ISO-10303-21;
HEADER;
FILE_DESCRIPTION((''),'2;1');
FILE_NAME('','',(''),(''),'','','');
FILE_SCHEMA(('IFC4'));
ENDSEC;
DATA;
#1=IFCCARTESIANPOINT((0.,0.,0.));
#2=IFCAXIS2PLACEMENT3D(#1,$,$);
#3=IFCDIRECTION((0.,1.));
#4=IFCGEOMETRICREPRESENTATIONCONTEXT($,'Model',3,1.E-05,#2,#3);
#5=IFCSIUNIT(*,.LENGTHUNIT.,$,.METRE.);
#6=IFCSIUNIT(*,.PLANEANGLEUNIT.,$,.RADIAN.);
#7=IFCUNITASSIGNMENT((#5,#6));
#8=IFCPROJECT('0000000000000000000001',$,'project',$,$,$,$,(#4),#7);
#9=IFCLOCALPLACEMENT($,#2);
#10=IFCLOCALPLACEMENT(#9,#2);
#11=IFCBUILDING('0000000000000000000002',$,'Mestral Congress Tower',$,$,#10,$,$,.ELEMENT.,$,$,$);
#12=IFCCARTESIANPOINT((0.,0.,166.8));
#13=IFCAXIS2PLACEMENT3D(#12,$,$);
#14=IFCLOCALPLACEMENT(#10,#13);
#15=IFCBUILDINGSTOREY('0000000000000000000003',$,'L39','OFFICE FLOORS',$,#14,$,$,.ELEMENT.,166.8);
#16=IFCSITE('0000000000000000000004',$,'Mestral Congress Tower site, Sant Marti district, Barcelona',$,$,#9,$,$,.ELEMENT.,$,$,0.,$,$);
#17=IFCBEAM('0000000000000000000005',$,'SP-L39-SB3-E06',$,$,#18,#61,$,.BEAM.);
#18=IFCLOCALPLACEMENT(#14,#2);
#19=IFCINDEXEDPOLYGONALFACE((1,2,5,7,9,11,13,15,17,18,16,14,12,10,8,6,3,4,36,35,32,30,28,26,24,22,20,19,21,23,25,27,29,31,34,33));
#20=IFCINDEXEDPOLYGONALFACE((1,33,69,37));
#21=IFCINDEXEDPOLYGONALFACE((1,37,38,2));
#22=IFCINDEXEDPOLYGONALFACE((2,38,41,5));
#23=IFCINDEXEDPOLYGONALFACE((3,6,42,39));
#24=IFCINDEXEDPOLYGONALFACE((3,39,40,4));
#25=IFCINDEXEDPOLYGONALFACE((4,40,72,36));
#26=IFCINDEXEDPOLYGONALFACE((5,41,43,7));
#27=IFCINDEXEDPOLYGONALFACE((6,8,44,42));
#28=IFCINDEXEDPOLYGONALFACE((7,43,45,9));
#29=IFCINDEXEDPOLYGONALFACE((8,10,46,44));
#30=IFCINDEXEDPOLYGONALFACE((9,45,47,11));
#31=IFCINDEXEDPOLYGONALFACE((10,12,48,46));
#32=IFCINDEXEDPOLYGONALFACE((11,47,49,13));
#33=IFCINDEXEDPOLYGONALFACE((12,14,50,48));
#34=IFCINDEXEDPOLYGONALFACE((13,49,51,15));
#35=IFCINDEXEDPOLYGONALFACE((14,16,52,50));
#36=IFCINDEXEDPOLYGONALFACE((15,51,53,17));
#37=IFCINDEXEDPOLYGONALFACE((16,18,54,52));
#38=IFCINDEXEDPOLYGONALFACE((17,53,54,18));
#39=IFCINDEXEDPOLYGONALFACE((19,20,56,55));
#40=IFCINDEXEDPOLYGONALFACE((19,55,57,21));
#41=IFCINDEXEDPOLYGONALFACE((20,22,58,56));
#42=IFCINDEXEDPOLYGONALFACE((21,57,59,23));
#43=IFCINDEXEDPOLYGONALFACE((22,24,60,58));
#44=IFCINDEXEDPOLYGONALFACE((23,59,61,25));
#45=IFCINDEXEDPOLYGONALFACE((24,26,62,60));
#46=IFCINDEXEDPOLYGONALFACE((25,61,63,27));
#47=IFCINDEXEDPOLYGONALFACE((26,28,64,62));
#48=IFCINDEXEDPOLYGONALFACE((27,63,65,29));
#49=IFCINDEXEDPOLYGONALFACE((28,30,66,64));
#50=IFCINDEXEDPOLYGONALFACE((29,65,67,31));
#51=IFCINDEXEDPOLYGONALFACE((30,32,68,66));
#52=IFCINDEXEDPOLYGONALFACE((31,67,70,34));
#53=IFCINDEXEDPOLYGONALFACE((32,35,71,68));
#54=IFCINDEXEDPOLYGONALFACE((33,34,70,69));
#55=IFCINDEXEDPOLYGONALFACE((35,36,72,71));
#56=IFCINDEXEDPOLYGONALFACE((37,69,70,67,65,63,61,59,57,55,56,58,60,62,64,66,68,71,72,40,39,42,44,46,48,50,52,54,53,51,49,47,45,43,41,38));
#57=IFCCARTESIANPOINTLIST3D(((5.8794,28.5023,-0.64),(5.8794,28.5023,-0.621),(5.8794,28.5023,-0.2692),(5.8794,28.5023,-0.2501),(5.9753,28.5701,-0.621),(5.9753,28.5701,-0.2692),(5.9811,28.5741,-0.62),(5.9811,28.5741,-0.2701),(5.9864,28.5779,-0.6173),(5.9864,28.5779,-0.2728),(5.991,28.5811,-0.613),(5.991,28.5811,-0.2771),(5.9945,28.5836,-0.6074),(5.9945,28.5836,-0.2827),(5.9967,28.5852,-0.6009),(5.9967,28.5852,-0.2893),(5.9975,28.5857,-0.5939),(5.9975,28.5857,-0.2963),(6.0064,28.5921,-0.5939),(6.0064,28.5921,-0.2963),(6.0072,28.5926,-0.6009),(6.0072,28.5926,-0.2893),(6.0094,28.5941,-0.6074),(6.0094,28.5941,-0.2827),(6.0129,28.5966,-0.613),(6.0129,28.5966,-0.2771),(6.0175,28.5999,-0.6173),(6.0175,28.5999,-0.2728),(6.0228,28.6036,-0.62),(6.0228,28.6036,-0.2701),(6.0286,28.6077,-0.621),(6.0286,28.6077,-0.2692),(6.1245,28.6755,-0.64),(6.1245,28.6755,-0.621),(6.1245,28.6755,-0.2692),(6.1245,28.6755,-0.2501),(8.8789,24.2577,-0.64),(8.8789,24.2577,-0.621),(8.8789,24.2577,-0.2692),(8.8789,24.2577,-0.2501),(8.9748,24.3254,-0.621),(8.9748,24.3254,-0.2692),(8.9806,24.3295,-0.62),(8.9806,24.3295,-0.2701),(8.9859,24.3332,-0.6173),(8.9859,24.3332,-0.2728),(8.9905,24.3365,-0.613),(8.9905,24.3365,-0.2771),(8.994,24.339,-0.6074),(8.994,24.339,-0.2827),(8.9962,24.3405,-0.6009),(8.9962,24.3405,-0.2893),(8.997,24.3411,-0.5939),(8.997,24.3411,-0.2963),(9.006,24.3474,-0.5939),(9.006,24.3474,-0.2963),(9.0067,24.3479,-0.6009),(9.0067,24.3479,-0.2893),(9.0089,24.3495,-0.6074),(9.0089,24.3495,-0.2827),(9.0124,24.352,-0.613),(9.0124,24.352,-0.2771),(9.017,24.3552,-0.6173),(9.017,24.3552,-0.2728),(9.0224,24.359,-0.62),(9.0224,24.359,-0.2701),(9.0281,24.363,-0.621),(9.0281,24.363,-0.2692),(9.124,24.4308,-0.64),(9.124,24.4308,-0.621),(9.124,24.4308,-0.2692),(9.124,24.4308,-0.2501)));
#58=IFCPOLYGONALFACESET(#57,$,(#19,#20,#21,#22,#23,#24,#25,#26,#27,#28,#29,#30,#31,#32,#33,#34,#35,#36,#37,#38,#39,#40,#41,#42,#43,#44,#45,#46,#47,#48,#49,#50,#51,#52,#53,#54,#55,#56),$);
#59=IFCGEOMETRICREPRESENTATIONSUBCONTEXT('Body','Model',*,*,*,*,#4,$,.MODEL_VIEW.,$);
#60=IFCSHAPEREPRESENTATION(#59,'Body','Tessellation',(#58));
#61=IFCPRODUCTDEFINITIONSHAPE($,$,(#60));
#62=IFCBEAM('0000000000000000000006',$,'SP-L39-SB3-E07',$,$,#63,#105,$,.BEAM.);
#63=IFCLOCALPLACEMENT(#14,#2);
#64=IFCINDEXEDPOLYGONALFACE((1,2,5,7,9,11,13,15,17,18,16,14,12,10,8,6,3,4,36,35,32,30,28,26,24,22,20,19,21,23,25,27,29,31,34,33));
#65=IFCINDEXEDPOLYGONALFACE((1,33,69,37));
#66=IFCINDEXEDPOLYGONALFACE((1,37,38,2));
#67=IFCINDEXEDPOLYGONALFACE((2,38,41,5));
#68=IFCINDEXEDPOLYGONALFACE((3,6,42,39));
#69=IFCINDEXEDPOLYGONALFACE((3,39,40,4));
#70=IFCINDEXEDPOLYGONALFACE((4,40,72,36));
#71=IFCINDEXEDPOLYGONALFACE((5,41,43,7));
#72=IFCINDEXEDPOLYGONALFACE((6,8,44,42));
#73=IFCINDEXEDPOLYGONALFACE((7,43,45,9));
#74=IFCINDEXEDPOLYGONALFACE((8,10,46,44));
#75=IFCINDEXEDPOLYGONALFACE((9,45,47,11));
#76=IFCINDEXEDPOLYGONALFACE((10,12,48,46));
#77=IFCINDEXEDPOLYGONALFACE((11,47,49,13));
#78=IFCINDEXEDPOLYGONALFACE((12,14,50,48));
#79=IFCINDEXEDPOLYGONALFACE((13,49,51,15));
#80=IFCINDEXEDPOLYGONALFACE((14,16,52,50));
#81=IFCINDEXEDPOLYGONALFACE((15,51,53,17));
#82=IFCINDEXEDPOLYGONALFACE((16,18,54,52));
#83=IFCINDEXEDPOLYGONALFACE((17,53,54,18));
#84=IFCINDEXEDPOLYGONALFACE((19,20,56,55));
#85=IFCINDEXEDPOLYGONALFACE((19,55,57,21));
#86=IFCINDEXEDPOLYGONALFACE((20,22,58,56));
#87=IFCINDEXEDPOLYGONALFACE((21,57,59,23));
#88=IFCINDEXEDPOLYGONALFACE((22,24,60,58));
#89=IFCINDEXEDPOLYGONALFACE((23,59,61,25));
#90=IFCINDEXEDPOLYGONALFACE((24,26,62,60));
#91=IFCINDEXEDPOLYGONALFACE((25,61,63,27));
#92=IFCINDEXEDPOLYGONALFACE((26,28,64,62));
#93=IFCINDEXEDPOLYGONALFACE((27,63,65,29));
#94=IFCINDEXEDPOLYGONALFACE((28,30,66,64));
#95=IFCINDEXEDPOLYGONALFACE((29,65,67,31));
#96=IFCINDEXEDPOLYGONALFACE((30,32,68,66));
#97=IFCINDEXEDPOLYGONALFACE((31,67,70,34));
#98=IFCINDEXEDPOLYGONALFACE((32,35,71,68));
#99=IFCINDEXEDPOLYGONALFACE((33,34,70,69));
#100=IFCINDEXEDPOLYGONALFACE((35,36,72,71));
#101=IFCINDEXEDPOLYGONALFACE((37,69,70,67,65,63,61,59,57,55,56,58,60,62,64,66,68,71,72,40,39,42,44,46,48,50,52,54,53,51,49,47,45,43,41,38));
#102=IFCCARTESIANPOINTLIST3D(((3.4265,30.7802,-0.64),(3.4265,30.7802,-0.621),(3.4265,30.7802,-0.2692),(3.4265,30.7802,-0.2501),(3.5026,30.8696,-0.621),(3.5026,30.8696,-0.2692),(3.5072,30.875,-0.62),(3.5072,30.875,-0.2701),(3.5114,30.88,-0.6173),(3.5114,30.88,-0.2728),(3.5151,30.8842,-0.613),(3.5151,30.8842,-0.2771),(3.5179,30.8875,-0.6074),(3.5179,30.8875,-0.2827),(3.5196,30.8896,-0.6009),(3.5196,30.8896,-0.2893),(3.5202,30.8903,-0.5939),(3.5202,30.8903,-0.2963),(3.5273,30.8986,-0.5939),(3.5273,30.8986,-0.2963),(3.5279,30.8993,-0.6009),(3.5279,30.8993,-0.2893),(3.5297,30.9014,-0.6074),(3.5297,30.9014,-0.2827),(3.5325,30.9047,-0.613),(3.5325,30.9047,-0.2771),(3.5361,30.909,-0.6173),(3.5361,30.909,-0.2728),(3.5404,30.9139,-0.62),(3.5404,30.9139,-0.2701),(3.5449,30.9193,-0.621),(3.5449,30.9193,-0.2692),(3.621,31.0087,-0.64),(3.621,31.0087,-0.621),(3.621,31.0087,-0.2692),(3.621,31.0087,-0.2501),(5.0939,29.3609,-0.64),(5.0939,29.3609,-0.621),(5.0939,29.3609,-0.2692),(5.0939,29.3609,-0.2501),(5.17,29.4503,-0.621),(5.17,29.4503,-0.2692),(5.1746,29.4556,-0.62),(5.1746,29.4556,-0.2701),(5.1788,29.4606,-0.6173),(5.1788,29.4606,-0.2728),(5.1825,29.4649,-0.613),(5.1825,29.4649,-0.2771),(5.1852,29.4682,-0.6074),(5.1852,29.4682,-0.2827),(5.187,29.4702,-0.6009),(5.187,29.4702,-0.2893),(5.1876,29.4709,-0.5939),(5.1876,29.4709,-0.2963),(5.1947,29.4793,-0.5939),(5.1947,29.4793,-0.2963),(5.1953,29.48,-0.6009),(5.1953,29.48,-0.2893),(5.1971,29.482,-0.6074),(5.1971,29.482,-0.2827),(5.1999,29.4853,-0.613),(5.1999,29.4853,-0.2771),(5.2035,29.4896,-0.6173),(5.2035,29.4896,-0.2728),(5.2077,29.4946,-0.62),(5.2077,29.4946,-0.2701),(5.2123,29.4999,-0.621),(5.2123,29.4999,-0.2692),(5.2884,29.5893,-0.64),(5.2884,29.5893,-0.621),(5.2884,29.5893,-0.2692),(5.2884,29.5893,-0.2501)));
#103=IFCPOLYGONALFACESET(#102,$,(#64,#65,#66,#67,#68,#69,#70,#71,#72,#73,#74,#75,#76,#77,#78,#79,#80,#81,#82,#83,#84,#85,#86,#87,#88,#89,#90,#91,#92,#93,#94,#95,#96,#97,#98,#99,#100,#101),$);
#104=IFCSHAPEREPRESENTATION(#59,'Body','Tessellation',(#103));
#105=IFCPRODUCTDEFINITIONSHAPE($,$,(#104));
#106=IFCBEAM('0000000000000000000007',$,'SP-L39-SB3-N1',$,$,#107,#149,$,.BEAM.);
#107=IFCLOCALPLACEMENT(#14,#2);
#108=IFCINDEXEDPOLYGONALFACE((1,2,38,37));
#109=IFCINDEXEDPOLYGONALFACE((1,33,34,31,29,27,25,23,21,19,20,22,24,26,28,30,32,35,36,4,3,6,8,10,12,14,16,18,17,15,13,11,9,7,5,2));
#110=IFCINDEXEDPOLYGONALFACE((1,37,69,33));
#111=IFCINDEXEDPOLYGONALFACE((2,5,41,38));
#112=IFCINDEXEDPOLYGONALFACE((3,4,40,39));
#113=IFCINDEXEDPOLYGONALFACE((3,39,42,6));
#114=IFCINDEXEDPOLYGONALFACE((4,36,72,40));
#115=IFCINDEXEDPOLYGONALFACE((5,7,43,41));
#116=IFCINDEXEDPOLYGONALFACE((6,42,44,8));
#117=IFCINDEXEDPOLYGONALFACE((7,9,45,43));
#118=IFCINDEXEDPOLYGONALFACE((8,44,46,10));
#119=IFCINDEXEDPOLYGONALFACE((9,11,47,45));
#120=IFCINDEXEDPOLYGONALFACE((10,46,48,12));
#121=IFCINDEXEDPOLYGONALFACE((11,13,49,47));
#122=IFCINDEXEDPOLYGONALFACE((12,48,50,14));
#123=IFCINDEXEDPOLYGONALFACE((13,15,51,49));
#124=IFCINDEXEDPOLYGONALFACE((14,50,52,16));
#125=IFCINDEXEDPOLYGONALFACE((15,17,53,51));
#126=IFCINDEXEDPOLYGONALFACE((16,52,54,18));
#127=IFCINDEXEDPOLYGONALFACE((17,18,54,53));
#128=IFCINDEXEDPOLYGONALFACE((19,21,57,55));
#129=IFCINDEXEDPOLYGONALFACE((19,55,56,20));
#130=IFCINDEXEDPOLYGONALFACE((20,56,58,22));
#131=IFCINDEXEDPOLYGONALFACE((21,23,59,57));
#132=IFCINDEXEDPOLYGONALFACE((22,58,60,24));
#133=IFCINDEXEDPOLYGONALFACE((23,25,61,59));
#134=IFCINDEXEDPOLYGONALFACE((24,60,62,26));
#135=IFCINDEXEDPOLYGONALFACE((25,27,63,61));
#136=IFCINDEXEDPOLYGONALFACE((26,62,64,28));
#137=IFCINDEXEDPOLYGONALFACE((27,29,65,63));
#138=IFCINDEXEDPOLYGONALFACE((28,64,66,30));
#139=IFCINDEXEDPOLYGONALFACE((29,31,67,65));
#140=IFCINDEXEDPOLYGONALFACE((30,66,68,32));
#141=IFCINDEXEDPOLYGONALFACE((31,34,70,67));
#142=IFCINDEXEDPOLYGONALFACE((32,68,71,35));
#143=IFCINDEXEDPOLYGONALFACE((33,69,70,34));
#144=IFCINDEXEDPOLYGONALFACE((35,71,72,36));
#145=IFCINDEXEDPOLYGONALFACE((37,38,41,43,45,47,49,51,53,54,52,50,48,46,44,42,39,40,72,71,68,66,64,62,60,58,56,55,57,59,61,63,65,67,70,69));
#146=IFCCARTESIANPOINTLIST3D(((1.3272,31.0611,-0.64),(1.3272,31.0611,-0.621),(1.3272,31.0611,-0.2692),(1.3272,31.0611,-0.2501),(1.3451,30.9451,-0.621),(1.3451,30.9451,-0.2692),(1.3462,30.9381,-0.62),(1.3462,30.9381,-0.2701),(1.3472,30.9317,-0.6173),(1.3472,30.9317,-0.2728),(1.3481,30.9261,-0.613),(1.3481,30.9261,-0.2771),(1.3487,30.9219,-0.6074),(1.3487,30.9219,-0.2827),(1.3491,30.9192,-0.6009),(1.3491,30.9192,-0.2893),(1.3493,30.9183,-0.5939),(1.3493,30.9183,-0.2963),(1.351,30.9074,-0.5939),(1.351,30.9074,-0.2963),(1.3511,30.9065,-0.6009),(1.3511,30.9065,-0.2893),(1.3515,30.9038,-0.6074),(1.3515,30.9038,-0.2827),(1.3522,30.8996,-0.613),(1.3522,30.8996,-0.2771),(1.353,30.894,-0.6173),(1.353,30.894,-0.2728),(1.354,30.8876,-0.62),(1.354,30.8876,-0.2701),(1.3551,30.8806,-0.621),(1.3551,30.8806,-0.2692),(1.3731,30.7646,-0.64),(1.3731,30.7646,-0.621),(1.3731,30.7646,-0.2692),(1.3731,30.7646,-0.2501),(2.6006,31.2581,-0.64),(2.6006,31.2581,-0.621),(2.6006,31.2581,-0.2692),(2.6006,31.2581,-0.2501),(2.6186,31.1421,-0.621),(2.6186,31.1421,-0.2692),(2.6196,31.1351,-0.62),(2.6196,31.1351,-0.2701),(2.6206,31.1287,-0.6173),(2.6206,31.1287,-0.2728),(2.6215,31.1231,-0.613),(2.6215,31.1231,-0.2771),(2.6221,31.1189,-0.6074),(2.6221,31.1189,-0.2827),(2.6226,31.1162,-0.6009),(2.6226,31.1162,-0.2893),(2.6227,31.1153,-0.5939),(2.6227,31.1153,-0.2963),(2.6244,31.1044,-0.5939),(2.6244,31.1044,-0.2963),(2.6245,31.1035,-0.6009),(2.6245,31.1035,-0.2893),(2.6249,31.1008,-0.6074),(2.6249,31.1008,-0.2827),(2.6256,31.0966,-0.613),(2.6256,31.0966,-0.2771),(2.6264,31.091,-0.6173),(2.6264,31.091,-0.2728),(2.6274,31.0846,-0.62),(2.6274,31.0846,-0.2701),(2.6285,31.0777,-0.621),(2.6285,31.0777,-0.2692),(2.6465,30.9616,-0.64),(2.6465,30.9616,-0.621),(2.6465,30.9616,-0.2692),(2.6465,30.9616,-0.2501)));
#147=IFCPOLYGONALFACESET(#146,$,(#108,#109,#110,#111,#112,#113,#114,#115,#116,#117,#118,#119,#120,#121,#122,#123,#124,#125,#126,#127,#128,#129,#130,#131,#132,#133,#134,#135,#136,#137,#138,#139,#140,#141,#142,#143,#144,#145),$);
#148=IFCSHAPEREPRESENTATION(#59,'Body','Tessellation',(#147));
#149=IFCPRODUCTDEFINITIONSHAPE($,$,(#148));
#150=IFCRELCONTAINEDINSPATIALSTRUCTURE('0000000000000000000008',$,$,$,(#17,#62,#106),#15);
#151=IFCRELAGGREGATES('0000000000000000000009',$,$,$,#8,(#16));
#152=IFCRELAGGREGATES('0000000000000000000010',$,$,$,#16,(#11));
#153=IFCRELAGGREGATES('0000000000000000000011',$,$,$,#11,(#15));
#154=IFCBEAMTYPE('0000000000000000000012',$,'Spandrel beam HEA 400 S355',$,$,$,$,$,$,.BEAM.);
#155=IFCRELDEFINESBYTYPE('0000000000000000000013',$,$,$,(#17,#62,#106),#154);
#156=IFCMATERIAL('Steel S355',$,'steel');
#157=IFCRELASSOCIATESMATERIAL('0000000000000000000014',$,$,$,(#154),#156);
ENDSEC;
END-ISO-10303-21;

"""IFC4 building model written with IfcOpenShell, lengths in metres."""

from ifc_helpers import new_model, si_unit, direction, frame, origin, origin_2d, place, context, subcontext, project, spatial, i_section, extrude, material, material_profile, profile_set, type_object, element, save


model = new_model("IFC4")

# Units and contexts
model_context = context("Model", 3, precision=1e-05, world=origin(), true_north=direction((0.0, 1.0)))
body_context = subcontext(model_context, "Body", "Model", "MODEL_VIEW")
ifc_project = project(units=[si_unit("LENGTHUNIT", "METRE"), si_unit("PLANEANGLEUNIT", "RADIAN")], contexts=[model_context])

# Site, building, storey
site_placement = place(None, origin())
site = spatial("IfcSite", under=ifc_project, at=site_placement, Name="Mestral Congress Tower site, Sant Marti district, Barcelona", CompositionType="ELEMENT", RefElevation=0.0)
building_placement = place(site_placement, origin())
building = spatial("IfcBuilding", under=site, at=building_placement, Name="Mestral Congress Tower", CompositionType="ELEMENT")
storey_placement = place(building_placement, frame((0.0, 0.0, 166.8)))
storey = spatial("IfcBuildingStorey", under=building, at=storey_placement, Name="L39", Description="OFFICE FLOORS", CompositionType="ELEMENT", Elevation=166.8)

# Beams
ifc_material_1 = material(Name="Steel S355", Category="steel")
ifc_material_profile_1 = material_profile(ifc_material_1, i_section(OverallWidth=0.3, OverallDepth=0.3899, WebThickness=0.011, FlangeThickness=0.019, FilletRadius=0.0271, at=origin_2d()), Name="HEA 400")
ifc_profile_set_1 = profile_set([ifc_material_profile_1], Name="Steel S355")
beam_type_1 = type_object("IfcBeamType", Name="Spandrel beam HEA 400 S355", PredefinedType="BEAM", material=ifc_profile_set_1)
beam_1_placement = place(storey_placement, frame((9.0015, 24.3442, -0.4451), z_axis=(-0.577107, 0.816668, 0.0), x_axis=(-0.816668, -0.577107, 0.0)))
element("IfcBeam", 1, at=beam_1_placement, inside=storey, type_object=beam_type_1, Name="SP-L39-SB3-E06", PredefinedType="BEAM", context=body_context, shape_type="SweptSolid", body=[
    extrude(i_section(OverallWidth=0.3, OverallDepth=0.3899, WebThickness=0.011, FlangeThickness=0.019, FilletRadius=0.0271, at=origin_2d()), origin(), (0.0, 0.0, 1.0), 5.1975),
])
beam_2_placement = place(storey_placement, frame((5.1912, 29.4751, -0.4451), z_axis=(-0.761471, 0.648198, 0.0), x_axis=(-0.648198, -0.761471, 0.0)))
element("IfcBeam", 2, at=beam_2_placement, inside=storey, type_object=beam_type_1, Name="SP-L39-SB3-E07", PredefinedType="BEAM", context=body_context, shape_type="SweptSolid", body=[
    extrude(i_section(OverallWidth=0.3, OverallDepth=0.3899, WebThickness=0.011, FlangeThickness=0.019, FilletRadius=0.0271, at=origin_2d()), origin(), (0.0, 0.0, 1.0), 2.1897),
])
beam_3_placement = place(storey_placement, frame((2.6235, 31.1099, -0.4451), z_axis=(-0.988242, -0.152897, 0.0), x_axis=(0.152897, -0.988242, 0.0)))
element("IfcBeam", 3, at=beam_3_placement, inside=storey, type_object=beam_type_1, Name="SP-L39-SB3-N1", PredefinedType="BEAM", context=body_context, shape_type="SweptSolid", body=[
    extrude(i_section(OverallWidth=0.3, OverallDepth=0.3899, WebThickness=0.011, FlangeThickness=0.019, FilletRadius=0.0271, at=origin_2d()), origin(), (0.0, 0.0, 1.0), 1.2886),
])

save(model, "model.ifc")
